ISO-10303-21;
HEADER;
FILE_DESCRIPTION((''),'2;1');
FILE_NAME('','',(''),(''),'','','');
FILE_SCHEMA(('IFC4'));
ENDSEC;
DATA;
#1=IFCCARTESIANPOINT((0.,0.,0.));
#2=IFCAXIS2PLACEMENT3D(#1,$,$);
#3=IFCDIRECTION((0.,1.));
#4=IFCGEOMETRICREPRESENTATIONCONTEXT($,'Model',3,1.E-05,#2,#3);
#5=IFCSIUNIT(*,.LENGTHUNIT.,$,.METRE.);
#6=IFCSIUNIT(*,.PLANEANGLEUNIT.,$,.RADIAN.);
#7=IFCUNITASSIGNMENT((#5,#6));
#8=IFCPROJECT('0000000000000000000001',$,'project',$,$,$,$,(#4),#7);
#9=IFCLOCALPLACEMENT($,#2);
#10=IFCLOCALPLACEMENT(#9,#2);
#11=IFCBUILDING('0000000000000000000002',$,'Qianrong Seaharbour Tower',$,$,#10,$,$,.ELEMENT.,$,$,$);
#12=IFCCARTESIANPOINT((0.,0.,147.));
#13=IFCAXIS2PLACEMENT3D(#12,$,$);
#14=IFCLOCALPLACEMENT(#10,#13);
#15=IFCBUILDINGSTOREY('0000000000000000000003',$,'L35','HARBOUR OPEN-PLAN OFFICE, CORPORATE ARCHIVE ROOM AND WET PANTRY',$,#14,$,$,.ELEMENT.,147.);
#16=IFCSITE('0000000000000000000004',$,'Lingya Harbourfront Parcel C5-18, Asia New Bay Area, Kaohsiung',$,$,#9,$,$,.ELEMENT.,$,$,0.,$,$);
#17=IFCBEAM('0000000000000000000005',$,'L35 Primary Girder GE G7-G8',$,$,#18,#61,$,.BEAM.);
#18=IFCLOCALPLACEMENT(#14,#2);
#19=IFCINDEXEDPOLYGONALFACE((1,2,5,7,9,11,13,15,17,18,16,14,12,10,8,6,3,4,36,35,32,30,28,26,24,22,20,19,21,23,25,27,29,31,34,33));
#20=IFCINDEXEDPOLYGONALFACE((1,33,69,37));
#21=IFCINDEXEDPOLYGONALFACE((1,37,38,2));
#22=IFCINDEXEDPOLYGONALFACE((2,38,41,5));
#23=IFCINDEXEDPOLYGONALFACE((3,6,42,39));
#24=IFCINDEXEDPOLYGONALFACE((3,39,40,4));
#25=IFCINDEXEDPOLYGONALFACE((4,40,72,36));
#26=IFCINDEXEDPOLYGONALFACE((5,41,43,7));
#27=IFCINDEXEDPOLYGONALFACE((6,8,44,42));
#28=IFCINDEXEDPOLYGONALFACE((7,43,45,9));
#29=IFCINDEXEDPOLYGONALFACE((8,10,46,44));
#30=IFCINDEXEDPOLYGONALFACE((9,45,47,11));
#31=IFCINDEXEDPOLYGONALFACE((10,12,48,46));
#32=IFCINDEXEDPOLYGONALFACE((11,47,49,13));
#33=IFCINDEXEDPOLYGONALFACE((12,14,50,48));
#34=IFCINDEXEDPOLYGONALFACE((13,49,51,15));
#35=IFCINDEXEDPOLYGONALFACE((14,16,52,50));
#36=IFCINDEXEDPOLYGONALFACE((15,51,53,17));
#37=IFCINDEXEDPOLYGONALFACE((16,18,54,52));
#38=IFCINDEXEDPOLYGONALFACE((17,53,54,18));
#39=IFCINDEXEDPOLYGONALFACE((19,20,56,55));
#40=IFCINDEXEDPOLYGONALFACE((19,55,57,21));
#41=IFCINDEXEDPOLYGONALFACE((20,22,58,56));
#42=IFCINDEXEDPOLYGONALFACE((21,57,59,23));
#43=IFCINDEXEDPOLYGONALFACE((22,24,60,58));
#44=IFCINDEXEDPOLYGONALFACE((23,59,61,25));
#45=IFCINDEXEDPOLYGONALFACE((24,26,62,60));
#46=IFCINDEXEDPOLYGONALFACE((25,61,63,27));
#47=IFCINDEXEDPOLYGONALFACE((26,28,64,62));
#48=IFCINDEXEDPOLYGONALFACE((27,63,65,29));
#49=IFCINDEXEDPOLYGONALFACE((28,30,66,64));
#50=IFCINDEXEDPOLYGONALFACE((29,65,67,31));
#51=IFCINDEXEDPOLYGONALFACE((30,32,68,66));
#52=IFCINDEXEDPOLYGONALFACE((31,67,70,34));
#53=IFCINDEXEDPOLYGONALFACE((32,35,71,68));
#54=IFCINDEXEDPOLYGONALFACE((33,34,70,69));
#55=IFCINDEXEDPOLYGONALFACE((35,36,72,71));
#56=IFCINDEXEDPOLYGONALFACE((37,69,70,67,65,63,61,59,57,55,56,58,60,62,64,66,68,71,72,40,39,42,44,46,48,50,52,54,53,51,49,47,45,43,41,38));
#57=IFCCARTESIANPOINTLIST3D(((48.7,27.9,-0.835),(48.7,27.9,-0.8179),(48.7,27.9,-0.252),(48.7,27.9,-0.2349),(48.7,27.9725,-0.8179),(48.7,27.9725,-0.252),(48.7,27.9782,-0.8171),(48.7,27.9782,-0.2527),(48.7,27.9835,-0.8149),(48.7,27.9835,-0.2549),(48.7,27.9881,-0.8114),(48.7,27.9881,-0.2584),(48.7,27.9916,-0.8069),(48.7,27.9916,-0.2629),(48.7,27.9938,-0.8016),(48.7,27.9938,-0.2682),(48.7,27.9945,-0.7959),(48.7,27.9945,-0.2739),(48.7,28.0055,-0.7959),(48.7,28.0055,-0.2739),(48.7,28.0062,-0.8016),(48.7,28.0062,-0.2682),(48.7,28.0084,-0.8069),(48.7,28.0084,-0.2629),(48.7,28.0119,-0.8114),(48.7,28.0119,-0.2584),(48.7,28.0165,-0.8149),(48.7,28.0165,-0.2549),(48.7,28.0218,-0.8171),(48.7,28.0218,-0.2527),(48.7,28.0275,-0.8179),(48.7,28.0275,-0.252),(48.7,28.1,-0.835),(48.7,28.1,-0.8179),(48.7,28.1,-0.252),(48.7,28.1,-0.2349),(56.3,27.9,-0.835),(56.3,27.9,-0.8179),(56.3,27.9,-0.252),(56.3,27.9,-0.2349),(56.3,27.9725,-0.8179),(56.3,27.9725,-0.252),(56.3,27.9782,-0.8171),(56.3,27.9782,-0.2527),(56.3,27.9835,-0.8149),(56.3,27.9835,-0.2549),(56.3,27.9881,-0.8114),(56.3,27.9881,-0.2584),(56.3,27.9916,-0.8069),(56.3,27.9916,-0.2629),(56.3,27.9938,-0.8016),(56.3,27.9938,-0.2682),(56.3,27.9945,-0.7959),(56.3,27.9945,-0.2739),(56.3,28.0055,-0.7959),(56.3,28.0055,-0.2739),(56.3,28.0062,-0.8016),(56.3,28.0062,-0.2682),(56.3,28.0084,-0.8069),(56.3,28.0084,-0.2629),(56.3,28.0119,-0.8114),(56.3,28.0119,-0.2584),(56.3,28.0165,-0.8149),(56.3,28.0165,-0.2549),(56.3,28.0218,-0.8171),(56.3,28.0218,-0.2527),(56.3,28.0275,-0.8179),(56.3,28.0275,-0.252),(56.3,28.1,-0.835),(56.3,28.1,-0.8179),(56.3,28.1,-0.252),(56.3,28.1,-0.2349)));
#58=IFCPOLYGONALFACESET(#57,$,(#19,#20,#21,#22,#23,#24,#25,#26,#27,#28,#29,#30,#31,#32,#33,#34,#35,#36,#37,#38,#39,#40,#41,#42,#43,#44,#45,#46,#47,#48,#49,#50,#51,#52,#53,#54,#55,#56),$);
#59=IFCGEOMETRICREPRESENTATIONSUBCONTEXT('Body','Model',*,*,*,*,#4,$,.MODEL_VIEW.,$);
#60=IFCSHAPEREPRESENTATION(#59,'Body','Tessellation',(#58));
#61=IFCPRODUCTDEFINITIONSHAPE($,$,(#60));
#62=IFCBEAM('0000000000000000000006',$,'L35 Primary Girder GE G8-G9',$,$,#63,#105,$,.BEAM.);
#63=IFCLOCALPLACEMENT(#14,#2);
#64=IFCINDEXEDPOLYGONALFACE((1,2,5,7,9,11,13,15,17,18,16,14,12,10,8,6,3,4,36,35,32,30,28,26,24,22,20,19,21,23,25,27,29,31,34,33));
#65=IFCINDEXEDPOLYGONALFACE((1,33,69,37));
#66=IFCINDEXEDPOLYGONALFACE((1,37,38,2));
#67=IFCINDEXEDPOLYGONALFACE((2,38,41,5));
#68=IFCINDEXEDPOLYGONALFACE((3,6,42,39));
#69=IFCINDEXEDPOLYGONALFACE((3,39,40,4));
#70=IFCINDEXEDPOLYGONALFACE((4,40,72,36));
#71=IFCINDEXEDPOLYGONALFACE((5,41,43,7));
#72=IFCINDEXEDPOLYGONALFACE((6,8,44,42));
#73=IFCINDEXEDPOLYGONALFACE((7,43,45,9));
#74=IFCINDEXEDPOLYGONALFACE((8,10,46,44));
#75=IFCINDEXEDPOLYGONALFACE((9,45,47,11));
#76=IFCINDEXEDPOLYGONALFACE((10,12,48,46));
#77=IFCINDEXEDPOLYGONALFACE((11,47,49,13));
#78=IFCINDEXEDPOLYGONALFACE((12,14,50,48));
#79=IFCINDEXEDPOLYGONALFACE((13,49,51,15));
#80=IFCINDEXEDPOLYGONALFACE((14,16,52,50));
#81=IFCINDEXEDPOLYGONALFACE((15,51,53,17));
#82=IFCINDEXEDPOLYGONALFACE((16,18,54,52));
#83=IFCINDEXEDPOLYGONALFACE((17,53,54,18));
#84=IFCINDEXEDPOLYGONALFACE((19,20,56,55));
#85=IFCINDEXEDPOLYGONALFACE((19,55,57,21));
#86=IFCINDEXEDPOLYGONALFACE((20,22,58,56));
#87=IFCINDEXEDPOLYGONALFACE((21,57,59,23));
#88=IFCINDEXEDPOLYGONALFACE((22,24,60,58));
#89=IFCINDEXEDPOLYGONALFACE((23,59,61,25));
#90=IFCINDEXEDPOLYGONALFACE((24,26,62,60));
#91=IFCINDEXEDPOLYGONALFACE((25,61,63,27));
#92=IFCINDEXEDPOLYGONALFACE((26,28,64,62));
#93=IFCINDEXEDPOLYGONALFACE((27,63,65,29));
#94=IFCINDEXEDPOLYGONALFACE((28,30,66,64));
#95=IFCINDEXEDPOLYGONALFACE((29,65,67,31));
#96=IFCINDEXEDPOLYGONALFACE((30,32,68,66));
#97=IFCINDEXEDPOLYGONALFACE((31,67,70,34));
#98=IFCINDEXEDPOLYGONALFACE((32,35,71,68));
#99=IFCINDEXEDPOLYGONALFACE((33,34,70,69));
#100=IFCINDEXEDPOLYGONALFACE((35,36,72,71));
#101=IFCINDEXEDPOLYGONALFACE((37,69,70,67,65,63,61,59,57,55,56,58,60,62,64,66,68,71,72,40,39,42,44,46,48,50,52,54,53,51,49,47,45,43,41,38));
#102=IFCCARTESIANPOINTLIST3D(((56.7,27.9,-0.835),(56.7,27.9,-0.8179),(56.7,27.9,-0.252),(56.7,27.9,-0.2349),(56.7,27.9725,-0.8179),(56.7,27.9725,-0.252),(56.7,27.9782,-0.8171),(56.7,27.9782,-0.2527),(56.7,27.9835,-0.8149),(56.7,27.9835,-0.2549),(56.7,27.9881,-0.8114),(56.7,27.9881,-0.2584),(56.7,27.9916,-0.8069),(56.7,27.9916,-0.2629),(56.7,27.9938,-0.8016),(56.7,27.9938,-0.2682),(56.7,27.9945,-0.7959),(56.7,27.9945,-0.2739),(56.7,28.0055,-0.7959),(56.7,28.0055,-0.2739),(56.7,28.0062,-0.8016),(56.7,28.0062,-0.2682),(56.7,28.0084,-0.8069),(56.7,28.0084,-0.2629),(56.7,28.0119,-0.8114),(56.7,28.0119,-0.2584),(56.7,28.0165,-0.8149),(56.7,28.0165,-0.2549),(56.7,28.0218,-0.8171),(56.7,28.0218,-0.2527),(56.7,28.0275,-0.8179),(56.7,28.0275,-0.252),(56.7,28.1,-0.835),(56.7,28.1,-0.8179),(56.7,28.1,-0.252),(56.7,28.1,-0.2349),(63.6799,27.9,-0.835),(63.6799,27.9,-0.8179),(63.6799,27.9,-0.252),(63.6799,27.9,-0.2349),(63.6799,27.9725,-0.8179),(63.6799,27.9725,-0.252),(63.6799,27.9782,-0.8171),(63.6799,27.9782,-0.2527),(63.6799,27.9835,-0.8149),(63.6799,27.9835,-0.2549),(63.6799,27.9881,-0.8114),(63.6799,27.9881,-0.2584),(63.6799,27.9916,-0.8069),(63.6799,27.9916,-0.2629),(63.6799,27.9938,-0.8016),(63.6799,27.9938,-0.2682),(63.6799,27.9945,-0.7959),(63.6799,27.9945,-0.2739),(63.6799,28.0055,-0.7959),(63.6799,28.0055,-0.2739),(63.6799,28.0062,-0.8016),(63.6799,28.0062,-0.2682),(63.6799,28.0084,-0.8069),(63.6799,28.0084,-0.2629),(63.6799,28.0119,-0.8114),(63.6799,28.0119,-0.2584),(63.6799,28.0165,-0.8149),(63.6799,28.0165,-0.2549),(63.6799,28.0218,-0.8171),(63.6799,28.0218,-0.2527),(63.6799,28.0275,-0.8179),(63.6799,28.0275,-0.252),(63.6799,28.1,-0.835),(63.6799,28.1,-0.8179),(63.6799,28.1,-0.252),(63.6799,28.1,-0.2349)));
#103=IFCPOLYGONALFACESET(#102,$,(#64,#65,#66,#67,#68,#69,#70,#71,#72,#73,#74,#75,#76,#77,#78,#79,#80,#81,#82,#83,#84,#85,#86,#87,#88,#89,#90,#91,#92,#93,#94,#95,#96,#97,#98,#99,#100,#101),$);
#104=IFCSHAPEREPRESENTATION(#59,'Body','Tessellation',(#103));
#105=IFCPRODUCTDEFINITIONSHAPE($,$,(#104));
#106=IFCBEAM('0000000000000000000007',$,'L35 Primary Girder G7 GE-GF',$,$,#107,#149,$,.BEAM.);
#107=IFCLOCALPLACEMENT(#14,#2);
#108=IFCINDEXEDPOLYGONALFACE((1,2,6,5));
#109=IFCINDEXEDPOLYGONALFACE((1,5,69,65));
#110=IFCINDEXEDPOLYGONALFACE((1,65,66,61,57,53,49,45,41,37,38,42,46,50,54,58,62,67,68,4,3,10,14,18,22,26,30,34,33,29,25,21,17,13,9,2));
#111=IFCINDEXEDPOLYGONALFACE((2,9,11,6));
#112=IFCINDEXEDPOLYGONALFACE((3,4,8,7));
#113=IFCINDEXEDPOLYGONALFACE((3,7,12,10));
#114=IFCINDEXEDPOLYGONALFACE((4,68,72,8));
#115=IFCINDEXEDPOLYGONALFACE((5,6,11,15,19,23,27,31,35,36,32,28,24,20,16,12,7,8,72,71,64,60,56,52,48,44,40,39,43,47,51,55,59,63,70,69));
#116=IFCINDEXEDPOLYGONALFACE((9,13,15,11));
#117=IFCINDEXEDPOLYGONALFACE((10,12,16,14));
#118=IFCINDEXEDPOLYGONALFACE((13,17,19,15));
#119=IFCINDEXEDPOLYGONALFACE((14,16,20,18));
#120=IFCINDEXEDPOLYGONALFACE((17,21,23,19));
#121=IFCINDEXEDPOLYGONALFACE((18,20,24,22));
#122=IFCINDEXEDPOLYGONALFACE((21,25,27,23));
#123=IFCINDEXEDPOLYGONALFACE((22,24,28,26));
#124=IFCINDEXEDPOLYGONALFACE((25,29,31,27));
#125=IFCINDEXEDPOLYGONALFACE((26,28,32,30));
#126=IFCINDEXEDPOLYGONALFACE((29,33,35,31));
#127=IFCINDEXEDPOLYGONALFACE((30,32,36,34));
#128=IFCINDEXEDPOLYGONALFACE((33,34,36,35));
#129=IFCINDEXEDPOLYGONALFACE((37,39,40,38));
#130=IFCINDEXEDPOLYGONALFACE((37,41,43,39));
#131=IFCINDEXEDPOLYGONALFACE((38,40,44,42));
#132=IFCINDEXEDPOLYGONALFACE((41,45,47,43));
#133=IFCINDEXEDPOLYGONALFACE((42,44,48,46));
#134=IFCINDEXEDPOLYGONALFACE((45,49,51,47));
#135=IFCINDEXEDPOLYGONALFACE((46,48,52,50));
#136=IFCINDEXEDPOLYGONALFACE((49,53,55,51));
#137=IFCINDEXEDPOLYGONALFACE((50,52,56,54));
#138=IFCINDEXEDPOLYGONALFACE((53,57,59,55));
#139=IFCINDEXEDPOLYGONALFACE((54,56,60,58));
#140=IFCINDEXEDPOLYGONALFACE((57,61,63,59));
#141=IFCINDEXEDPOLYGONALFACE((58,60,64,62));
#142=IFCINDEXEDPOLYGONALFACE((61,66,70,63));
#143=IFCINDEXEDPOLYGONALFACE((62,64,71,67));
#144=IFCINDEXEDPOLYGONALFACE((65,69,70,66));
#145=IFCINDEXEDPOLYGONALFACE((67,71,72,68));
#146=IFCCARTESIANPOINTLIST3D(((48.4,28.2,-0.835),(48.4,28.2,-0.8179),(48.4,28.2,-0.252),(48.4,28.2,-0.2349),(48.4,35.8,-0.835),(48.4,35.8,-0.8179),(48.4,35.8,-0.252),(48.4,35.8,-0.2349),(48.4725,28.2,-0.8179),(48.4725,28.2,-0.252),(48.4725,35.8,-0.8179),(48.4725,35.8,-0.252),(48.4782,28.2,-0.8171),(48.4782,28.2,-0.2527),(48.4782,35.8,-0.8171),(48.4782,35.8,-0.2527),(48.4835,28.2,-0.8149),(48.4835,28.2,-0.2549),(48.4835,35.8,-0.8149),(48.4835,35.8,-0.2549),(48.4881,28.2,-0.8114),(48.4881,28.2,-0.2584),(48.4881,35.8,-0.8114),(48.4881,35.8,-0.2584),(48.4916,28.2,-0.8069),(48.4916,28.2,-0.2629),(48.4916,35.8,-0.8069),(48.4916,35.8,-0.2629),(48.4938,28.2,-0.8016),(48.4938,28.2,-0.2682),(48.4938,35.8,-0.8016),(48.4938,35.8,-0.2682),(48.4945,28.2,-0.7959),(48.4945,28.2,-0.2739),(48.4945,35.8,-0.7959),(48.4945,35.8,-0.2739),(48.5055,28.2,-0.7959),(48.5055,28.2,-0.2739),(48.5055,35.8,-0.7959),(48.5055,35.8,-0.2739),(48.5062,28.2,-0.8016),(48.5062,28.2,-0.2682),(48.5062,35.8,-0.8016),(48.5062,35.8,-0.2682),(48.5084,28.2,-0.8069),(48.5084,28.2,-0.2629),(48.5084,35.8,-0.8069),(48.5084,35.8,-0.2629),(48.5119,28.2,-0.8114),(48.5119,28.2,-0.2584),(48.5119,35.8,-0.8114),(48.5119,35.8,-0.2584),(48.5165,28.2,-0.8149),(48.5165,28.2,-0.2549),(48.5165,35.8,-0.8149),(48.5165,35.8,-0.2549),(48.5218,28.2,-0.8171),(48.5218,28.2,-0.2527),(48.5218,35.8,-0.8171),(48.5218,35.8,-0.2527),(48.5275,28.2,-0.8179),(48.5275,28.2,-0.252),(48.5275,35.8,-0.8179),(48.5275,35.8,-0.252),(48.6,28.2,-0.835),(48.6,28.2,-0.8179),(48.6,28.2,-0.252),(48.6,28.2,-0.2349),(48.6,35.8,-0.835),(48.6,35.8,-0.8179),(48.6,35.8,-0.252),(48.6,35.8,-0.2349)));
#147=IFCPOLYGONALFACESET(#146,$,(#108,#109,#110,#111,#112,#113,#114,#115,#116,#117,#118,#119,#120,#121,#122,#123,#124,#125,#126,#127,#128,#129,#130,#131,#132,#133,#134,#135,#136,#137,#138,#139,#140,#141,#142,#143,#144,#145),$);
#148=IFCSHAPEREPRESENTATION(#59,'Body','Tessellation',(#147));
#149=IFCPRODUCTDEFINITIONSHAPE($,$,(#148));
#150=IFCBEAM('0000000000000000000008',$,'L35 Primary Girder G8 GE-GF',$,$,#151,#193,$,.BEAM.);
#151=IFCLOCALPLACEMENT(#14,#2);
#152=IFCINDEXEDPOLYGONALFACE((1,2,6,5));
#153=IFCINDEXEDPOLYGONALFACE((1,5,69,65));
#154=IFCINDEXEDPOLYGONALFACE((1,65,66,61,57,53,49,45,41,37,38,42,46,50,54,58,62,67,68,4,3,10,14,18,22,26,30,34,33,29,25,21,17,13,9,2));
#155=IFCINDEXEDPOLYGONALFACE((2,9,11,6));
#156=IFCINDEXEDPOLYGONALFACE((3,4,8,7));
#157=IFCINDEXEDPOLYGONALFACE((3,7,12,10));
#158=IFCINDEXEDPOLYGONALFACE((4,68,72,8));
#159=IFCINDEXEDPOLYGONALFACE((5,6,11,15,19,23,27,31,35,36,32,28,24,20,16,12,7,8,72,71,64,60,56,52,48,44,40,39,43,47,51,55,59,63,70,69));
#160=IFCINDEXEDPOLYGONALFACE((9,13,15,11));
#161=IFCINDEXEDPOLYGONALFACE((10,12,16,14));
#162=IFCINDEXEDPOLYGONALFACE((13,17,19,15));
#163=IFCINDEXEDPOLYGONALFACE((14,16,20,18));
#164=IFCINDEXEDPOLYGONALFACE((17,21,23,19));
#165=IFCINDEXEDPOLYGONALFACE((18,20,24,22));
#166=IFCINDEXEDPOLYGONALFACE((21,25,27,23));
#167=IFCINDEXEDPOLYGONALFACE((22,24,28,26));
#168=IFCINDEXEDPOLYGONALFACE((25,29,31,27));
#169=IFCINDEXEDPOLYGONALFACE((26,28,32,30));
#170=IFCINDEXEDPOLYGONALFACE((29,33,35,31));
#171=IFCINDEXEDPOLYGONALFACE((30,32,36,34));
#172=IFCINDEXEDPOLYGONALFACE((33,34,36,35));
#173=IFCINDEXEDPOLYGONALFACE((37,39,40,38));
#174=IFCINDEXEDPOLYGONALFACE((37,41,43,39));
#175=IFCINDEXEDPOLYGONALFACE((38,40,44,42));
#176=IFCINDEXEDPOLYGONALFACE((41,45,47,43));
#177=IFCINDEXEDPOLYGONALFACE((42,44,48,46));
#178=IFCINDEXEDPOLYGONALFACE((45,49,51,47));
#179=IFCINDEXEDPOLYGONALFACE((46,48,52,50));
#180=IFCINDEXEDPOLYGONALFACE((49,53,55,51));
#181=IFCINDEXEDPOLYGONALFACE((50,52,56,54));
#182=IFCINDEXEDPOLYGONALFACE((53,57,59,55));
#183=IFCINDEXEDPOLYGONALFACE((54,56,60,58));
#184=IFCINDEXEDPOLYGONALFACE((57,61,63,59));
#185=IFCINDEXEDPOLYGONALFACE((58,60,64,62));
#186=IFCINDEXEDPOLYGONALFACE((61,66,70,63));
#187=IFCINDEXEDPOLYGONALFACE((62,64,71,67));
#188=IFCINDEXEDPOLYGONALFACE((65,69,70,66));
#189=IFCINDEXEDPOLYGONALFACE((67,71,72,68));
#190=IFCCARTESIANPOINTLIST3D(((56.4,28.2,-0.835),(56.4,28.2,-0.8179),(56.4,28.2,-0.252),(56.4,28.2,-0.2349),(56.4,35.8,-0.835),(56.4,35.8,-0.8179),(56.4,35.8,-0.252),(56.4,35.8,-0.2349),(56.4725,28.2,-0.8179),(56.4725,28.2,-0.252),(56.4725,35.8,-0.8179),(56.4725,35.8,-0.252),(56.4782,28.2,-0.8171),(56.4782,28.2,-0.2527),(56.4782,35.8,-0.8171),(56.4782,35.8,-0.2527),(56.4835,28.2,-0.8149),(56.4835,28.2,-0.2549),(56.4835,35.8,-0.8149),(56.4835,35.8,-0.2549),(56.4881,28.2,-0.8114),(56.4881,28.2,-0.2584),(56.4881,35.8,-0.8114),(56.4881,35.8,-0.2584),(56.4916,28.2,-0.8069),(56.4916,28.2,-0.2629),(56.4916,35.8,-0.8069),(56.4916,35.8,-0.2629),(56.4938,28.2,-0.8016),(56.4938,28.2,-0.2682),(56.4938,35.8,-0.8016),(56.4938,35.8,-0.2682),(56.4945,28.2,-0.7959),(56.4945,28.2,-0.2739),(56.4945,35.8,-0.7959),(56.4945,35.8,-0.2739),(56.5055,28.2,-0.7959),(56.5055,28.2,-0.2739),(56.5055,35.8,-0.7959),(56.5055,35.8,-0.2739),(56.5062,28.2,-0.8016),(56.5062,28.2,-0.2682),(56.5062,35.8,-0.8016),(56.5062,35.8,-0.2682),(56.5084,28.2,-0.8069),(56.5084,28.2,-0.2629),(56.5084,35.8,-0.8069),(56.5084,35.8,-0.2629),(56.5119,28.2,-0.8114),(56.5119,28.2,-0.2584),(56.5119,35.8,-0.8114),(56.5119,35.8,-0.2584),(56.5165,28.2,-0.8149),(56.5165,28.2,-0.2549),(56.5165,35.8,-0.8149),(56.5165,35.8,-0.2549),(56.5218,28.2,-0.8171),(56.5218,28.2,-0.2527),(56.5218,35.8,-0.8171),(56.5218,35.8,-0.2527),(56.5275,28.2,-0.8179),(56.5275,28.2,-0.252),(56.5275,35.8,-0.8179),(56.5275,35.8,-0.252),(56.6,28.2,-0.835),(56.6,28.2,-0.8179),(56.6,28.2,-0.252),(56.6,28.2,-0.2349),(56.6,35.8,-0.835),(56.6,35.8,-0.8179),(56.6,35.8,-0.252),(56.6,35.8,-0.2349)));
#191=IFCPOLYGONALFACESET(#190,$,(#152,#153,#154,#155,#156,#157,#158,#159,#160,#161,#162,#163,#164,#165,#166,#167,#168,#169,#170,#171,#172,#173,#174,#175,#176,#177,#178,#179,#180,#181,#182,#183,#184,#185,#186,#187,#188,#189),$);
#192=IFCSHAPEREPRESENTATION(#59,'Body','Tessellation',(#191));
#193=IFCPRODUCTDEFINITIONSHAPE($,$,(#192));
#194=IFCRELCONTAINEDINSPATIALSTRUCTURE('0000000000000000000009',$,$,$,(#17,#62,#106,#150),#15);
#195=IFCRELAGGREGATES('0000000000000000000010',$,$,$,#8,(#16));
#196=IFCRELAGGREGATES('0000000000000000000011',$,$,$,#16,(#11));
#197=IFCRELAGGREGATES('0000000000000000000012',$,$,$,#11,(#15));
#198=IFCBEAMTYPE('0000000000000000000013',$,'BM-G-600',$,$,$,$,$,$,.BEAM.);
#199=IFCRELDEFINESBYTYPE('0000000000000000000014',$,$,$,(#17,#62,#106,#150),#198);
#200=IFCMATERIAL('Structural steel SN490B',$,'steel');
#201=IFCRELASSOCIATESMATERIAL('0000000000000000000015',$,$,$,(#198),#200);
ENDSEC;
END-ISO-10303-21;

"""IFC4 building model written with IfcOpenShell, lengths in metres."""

from ifc_helpers import new_model, si_unit, direction, frame, origin, origin_2d, place, context, subcontext, project, spatial, i_section, extrude, material, material_profile, profile_set, type_object, element, save


model = new_model("IFC4")

# Units and contexts
model_context = context("Model", 3, precision=1e-05, world=origin(), true_north=direction((0.0, 1.0)))
body_context = subcontext(model_context, "Body", "Model", "MODEL_VIEW")
ifc_project = project(units=[si_unit("LENGTHUNIT", "METRE"), si_unit("PLANEANGLEUNIT", "RADIAN")], contexts=[model_context])

# Site, building, storey
site_placement = place(None, origin())
site = spatial("IfcSite", under=ifc_project, at=site_placement, Name="Lingya Harbourfront Parcel C5-18, Asia New Bay Area, Kaohsiung", CompositionType="ELEMENT", RefElevation=0.0)
building_placement = place(site_placement, origin())
building = spatial("IfcBuilding", under=site, at=building_placement, Name="Qianrong Seaharbour Tower", CompositionType="ELEMENT")
storey_placement = place(building_placement, frame((0.0, 0.0, 147.0)))
storey = spatial("IfcBuildingStorey", under=building, at=storey_placement, Name="L35", Description="HARBOUR OPEN-PLAN OFFICE, CORPORATE ARCHIVE ROOM AND WET PANTRY", CompositionType="ELEMENT", Elevation=147.0)

# Shared definitions
ifc_material_1 = material(Name="Structural steel SN490B", Category="steel")

# Beams
ifc_material_profile_1 = material_profile(ifc_material_1, i_section(OverallWidth=0.2, OverallDepth=0.6001, WebThickness=0.011, FlangeThickness=0.0171, FilletRadius=0.022, at=origin_2d()), Name="H600x200x11x17")
ifc_profile_set_1 = profile_set([ifc_material_profile_1], Name="Structural steel SN490B")
beam_type_1 = type_object("IfcBeamType", Name="BM-G-600", PredefinedType="BEAM", material=ifc_profile_set_1)
beam_1_placement = place(storey_placement, frame((48.7, 28.0, -0.5349), z_axis=(1.0, 0.0, 0.0), x_axis=(0.0, 1.0, 0.0)))
element("IfcBeam", 1, at=beam_1_placement, inside=storey, type_object=beam_type_1, Name="L35 Primary Girder GE G7-G8", PredefinedType="BEAM", context=body_context, shape_type="SweptSolid", body=[
    extrude(i_section(OverallWidth=0.2, OverallDepth=0.6001, WebThickness=0.011, FlangeThickness=0.0171, FilletRadius=0.022, at=origin_2d()), origin(), (0.0, 0.0, 1.0), 7.6001),
])
beam_2_placement = place(storey_placement, frame((56.7, 28.0, -0.5349), z_axis=(1.0, 0.0, 0.0), x_axis=(0.0, 1.0, 0.0)))
element("IfcBeam", 2, at=beam_2_placement, inside=storey, type_object=beam_type_1, Name="L35 Primary Girder GE G8-G9", PredefinedType="BEAM", context=body_context, shape_type="SweptSolid", body=[
    extrude(i_section(OverallWidth=0.2, OverallDepth=0.6001, WebThickness=0.011, FlangeThickness=0.0171, FilletRadius=0.022, at=origin_2d()), origin(), (0.0, 0.0, 1.0), 6.98),
])
for number, where, z_axis, x_axis, name in (
    (3, (48.5, 28.2, -0.5349), (0.0, 1.0, 0.0), (-1.0, 0.0, 0.0), "L35 Primary Girder G7 GE-GF"),
    (4, (56.5, 28.2, -0.5349), (0.0, 1.0, 0.0), (-1.0, 0.0, 0.0), "L35 Primary Girder G8 GE-GF"),
):
    element("IfcBeam", number, at=place(storey_placement, frame(where, z_axis=z_axis, x_axis=x_axis)), inside=storey, type_object=beam_type_1, Name=name, PredefinedType="BEAM", context=body_context, shape_type="SweptSolid", body=[
        extrude(i_section(OverallWidth=0.2, OverallDepth=0.6001, WebThickness=0.011, FlangeThickness=0.0171, FilletRadius=0.022, at=origin_2d()), origin(), (0.0, 0.0, 1.0), 7.6001),
    ])

save(model, "model.ifc")
